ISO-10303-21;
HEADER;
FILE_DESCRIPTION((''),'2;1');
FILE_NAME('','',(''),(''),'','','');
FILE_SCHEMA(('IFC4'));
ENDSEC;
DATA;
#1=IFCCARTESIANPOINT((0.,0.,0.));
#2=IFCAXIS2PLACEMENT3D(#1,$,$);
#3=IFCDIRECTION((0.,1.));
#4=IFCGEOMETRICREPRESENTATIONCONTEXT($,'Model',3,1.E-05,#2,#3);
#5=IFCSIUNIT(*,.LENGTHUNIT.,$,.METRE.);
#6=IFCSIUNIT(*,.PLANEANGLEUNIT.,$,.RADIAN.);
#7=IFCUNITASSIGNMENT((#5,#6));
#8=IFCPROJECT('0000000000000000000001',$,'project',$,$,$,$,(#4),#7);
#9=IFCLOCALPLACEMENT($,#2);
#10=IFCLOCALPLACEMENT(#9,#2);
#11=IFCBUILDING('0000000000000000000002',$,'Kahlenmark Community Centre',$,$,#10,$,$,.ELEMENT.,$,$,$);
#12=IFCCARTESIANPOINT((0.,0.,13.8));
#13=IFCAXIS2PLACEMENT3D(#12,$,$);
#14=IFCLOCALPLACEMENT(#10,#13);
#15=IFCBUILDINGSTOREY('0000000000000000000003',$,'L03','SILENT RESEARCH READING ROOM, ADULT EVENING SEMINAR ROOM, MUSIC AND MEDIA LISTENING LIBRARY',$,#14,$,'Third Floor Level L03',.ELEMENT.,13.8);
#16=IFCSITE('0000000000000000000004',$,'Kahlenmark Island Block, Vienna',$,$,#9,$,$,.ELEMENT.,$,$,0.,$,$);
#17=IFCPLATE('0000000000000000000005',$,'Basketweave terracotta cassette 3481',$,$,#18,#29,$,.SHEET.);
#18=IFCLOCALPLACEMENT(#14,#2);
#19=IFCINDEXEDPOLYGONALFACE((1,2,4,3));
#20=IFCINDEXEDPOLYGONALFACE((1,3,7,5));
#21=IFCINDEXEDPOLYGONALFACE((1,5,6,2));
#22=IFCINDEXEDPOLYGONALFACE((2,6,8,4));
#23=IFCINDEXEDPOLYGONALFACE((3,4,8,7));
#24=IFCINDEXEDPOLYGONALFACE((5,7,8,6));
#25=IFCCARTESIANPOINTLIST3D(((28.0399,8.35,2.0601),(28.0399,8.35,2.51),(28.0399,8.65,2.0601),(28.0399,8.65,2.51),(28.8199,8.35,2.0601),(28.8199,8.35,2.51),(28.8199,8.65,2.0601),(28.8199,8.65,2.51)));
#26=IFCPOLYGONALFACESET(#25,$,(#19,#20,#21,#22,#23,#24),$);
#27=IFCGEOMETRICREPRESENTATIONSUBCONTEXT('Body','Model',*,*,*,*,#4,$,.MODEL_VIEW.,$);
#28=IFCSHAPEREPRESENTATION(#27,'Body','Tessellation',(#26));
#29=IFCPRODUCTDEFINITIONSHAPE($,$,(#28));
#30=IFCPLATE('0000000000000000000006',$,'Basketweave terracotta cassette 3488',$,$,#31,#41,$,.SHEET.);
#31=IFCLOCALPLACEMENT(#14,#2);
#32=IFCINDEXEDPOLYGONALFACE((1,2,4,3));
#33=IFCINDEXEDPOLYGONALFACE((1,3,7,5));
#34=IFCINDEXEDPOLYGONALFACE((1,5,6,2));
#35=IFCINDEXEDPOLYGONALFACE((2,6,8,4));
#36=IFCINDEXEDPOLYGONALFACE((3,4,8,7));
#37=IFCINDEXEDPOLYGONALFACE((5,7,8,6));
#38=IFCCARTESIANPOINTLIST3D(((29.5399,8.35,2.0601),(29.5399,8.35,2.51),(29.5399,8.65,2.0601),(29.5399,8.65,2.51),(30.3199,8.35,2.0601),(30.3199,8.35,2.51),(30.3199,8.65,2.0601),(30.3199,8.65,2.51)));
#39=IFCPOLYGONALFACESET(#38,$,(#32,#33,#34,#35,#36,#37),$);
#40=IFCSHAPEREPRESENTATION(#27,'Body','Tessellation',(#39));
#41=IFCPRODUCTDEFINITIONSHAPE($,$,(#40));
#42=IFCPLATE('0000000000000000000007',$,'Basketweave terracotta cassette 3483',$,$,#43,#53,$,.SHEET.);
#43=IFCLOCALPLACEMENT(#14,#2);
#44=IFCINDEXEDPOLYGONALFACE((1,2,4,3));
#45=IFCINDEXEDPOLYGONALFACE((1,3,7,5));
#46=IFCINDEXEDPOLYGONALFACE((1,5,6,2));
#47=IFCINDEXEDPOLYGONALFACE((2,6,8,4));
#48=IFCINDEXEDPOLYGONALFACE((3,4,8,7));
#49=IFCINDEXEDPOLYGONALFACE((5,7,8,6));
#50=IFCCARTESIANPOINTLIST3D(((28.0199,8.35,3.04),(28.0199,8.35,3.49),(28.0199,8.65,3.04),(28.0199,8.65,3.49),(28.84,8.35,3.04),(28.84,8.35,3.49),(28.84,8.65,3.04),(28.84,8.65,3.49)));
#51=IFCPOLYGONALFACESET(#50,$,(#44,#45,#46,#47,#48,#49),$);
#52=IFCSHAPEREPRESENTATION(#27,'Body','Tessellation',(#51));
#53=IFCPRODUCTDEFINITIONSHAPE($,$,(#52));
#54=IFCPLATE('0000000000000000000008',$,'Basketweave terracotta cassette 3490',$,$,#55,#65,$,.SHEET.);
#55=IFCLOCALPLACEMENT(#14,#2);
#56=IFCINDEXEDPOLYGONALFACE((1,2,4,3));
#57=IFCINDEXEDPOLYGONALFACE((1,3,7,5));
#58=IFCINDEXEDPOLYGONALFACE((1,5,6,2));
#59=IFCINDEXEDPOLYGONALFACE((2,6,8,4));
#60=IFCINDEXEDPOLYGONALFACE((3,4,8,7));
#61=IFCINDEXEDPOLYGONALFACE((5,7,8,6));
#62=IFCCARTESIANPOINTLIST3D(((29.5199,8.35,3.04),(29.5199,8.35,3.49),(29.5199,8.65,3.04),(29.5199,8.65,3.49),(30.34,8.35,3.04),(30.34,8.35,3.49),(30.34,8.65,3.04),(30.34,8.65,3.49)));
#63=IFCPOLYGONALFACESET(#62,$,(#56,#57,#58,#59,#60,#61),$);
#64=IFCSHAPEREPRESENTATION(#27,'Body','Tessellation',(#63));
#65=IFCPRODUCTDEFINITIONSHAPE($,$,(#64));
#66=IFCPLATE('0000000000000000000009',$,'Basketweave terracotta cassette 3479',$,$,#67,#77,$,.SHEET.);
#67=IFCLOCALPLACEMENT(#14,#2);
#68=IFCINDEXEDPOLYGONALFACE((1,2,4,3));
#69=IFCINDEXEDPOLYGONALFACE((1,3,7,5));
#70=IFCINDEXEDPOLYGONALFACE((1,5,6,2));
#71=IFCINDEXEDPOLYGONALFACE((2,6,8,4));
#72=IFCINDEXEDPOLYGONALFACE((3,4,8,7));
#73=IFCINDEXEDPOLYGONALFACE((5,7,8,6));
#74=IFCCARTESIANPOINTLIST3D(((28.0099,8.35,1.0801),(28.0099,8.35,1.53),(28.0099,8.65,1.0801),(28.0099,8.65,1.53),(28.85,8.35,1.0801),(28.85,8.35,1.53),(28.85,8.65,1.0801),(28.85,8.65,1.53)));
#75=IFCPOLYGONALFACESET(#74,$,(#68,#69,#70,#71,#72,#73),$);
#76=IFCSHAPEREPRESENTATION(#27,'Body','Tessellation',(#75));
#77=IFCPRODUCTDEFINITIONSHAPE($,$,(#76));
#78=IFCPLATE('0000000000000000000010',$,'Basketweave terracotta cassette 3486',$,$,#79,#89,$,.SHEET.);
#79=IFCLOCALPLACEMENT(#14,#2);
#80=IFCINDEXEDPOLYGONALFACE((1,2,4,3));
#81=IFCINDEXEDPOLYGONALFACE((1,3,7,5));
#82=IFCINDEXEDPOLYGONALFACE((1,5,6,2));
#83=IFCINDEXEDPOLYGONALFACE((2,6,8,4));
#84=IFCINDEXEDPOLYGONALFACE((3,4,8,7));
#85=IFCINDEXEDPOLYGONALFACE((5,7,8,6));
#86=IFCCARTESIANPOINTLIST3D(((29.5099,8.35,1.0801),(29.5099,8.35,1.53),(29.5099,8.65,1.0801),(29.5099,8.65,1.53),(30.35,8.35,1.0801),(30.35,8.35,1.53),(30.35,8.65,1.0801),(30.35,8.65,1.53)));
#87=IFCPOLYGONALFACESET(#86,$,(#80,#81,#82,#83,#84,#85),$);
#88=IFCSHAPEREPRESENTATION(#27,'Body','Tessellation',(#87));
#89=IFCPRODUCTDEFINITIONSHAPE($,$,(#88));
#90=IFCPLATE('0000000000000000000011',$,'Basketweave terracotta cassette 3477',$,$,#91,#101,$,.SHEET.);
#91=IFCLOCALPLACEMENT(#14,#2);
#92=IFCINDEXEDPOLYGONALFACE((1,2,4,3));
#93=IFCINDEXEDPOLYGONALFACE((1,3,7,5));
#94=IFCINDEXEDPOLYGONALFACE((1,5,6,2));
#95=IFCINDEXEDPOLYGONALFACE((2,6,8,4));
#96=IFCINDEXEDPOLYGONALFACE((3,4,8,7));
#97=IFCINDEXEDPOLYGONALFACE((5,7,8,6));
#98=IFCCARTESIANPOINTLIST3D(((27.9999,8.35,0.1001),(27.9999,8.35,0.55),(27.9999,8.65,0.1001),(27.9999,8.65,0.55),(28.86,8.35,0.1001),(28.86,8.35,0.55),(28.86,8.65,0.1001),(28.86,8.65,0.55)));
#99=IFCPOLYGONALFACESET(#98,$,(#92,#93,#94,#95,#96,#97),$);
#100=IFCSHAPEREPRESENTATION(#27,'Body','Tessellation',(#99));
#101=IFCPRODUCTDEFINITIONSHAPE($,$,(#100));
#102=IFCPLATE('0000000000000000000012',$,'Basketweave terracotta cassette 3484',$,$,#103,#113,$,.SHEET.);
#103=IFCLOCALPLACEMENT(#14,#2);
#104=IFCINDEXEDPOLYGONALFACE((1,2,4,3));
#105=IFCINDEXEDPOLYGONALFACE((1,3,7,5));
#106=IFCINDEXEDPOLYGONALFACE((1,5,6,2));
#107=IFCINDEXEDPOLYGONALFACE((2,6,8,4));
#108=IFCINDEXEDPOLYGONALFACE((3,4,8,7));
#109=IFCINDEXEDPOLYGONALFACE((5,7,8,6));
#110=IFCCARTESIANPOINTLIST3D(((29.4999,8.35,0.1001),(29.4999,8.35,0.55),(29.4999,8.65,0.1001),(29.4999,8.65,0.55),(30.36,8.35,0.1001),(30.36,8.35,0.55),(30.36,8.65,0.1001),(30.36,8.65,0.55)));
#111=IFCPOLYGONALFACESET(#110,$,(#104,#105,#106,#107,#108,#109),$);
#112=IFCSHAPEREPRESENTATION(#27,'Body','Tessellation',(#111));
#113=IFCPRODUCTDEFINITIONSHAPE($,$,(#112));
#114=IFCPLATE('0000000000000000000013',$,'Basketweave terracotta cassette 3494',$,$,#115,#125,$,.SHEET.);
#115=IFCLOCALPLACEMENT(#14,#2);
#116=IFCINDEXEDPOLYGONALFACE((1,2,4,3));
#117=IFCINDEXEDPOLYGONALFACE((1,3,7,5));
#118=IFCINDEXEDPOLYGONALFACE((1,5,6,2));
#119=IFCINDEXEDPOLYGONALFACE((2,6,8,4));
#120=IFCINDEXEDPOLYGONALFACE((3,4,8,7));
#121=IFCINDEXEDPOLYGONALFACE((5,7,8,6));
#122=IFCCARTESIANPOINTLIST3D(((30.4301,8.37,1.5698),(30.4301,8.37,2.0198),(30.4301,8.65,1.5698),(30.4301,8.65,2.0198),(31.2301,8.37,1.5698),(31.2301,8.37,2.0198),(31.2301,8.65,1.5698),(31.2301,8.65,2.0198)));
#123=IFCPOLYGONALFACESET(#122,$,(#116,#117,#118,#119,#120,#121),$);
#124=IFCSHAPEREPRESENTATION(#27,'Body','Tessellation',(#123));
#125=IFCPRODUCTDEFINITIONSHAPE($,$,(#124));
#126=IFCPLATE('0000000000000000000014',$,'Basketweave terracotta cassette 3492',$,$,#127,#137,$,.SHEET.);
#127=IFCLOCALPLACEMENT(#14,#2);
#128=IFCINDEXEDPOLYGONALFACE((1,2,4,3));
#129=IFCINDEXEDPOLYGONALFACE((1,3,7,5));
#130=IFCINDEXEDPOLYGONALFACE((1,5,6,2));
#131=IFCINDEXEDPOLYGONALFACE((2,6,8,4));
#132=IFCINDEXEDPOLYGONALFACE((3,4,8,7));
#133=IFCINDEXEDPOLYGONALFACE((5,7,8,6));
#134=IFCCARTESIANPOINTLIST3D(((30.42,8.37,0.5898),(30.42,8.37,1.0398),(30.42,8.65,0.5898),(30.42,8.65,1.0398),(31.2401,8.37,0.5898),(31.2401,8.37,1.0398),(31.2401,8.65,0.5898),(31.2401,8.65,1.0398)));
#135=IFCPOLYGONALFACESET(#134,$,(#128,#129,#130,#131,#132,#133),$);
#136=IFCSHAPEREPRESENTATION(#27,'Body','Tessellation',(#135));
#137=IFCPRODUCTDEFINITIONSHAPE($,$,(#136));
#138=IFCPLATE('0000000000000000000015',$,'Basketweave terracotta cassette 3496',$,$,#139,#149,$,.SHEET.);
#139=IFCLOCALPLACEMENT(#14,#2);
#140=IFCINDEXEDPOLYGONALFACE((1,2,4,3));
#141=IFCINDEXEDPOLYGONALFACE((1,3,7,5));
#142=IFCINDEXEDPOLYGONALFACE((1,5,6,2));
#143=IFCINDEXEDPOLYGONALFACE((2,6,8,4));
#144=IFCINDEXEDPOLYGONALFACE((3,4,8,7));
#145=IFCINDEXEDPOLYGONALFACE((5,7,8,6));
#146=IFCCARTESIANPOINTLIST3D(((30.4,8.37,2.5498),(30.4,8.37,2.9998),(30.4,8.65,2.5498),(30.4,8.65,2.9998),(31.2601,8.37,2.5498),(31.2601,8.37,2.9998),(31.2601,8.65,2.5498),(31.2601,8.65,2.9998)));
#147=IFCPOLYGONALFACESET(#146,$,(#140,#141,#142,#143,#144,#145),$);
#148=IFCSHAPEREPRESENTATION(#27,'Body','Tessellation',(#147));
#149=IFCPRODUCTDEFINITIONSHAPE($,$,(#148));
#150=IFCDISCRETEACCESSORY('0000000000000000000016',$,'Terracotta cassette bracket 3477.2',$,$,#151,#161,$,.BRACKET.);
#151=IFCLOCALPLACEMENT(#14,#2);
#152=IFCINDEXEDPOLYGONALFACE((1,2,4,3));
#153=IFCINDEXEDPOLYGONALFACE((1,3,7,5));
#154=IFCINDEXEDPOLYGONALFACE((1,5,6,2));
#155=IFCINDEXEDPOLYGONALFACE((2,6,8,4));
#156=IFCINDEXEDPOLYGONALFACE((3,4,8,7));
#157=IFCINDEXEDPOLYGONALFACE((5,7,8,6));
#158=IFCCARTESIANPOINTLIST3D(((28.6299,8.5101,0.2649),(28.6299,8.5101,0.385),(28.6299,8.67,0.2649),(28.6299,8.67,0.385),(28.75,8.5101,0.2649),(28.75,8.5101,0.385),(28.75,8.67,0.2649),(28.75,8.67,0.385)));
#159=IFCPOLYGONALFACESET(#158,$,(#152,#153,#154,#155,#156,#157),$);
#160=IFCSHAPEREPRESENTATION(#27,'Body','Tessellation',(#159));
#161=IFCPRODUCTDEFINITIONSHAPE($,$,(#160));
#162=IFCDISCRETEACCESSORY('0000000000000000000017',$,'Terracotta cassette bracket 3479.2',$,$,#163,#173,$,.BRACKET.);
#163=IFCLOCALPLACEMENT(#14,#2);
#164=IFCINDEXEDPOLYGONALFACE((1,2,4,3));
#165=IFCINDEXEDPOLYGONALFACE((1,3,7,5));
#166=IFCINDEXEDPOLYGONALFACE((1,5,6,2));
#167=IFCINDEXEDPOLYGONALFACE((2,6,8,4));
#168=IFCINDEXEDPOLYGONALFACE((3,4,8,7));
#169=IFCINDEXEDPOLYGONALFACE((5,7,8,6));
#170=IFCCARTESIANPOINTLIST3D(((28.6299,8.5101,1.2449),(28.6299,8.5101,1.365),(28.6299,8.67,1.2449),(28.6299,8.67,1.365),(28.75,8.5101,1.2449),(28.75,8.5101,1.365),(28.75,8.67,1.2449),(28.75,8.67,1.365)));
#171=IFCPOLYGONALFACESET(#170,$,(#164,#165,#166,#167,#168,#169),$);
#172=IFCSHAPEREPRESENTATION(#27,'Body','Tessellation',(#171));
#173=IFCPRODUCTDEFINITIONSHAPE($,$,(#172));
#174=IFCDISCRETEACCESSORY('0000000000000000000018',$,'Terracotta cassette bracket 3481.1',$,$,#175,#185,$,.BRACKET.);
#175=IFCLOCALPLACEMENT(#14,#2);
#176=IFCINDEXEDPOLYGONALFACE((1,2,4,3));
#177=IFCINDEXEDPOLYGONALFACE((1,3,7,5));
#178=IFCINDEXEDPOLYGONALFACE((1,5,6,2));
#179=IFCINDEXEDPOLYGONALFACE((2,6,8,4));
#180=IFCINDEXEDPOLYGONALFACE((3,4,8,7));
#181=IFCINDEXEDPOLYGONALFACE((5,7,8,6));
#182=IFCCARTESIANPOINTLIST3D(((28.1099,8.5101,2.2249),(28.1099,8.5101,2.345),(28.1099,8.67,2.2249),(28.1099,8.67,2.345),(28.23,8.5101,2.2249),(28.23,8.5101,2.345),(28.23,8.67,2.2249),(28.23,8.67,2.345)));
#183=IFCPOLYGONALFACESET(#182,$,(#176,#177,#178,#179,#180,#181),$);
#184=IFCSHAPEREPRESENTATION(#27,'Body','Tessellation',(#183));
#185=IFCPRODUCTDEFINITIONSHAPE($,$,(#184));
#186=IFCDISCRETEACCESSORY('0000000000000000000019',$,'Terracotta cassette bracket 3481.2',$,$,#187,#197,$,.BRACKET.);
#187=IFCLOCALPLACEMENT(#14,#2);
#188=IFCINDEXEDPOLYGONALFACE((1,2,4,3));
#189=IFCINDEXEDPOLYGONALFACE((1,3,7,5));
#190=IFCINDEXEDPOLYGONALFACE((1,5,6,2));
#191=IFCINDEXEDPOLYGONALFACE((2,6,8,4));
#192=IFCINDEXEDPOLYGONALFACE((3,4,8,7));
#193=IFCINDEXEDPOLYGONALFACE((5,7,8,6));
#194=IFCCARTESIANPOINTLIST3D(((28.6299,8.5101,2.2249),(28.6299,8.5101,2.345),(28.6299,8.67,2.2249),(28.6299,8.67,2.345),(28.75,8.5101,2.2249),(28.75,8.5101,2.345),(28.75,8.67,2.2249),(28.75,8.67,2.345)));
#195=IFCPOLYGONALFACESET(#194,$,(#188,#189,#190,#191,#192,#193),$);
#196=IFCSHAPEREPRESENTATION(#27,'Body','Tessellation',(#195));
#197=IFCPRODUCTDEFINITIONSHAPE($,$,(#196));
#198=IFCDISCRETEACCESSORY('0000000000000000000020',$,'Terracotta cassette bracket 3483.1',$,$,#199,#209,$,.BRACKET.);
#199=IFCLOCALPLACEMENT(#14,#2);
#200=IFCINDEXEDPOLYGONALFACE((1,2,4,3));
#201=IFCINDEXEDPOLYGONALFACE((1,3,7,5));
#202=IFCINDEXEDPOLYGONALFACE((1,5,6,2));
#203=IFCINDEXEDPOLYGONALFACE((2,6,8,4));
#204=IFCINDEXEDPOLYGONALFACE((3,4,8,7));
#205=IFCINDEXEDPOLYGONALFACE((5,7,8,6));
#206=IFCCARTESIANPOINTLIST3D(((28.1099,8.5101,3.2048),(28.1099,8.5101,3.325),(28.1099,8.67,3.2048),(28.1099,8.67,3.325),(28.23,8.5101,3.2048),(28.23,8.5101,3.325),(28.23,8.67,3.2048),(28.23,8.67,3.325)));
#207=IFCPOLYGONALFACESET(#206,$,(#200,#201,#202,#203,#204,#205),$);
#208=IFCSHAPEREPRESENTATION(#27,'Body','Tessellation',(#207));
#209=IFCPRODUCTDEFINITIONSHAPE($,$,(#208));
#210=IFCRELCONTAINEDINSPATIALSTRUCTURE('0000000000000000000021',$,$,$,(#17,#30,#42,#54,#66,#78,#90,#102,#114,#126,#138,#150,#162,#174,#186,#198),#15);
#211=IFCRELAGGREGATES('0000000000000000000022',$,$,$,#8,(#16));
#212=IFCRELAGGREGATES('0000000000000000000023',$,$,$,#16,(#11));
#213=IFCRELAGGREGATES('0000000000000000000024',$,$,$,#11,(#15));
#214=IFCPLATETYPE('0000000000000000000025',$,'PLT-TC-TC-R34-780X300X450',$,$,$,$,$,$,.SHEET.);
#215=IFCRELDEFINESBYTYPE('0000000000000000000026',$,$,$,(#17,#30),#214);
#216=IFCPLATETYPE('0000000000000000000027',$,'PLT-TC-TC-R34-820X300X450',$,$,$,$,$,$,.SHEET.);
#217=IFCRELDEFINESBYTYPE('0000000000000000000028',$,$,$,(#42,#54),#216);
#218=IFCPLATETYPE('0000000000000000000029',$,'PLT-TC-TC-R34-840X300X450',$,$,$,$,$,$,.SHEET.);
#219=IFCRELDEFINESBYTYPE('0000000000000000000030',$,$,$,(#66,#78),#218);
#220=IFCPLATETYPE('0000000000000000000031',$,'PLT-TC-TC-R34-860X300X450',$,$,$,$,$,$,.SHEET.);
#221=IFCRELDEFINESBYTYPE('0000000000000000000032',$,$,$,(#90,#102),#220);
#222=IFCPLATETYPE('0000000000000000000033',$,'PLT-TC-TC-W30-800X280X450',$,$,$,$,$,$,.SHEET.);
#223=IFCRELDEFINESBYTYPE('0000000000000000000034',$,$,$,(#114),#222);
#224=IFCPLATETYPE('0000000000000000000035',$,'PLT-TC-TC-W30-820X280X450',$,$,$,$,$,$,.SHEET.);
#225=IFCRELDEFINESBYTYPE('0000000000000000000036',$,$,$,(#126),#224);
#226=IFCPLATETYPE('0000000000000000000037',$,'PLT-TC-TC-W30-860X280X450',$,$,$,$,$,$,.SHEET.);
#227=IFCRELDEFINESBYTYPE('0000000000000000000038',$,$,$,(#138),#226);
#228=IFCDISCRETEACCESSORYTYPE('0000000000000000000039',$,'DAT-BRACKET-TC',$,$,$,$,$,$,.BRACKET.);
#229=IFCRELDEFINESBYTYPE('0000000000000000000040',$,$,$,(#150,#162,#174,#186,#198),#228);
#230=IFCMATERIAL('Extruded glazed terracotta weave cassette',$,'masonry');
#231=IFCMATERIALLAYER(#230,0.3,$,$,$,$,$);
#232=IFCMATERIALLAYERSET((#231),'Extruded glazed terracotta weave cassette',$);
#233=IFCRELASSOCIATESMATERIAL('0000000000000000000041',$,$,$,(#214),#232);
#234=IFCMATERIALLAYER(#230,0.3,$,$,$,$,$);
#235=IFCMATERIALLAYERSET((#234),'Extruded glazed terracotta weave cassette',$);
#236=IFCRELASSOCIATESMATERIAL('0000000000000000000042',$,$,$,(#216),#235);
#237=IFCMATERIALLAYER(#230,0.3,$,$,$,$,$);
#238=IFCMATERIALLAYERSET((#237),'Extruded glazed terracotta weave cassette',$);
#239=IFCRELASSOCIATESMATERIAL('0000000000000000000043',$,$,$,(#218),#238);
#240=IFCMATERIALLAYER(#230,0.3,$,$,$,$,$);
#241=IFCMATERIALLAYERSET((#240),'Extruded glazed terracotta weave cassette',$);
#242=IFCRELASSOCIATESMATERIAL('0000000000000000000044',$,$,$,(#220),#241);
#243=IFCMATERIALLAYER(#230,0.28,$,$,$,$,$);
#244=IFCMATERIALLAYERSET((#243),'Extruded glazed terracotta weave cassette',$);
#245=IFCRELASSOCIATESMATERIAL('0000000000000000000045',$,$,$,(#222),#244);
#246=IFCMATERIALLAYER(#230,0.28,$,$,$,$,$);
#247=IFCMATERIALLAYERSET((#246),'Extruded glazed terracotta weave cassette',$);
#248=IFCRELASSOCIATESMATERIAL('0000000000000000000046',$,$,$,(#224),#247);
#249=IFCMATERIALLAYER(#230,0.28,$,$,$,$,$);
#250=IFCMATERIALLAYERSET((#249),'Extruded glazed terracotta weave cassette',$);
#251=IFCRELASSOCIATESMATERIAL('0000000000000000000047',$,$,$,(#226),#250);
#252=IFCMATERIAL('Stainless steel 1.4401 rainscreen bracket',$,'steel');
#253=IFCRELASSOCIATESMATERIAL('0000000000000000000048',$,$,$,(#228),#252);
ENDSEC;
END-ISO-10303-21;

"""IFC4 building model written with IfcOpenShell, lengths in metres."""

from ifc_helpers import new_model, si_unit, direction, frame, origin, origin_2d, place, context, subcontext, project, spatial, rectangle, extrude, material, layer, layer_set, type_object, element, save


model = new_model("IFC4")

# Units and contexts
model_context = context("Model", 3, precision=1e-05, world=origin(), true_north=direction((0.0, 1.0)))
body_context = subcontext(model_context, "Body", "Model", "MODEL_VIEW")
ifc_project = project(units=[si_unit("LENGTHUNIT", "METRE"), si_unit("PLANEANGLEUNIT", "RADIAN")], contexts=[model_context])

# Site, building, storey
site_placement = place(None, origin())
site = spatial("IfcSite", under=ifc_project, at=site_placement, Name="Kahlenmark Island Block, Vienna", CompositionType="ELEMENT", RefElevation=0.0)
building_placement = place(site_placement, origin())
building = spatial("IfcBuilding", under=site, at=building_placement, Name="Kahlenmark Community Centre", CompositionType="ELEMENT")
storey_placement = place(building_placement, frame((0.0, 0.0, 13.8)))
storey = spatial("IfcBuildingStorey", under=building, at=storey_placement, Name="L03", Description="SILENT RESEARCH READING ROOM, ADULT EVENING SEMINAR ROOM, MUSIC AND MEDIA LISTENING LIBRARY", LongName="Third Floor Level L03", CompositionType="ELEMENT", Elevation=13.8)

# Plates
ifc_material_1 = material(Name="Extruded glazed terracotta weave cassette", Category="masonry")
ifc_layer_1 = layer(ifc_material_1, 0.3)
ifc_layer_set_1 = layer_set([ifc_layer_1], Name="Extruded glazed terracotta weave cassette")
plate_type_1 = type_object("IfcPlateType", Name="PLT-TC-TC-R34-780X300X450", PredefinedType="SHEET", material=ifc_layer_set_1)
for number, where, z_axis, x_axis, name in (
    (1, (28.4299, 8.5, 2.0601), (0.0, 0.0, 1.0), (1.0, 0.0, 0.0), "Basketweave terracotta cassette 3481"),
    (2, (29.9299, 8.5, 2.0601), (0.0, 0.0, 1.0), (1.0, 0.0, 0.0), "Basketweave terracotta cassette 3488"),
):
    element("IfcPlate", number, at=place(storey_placement, frame(where, z_axis=z_axis, x_axis=x_axis)), inside=storey, type_object=plate_type_1, Name=name, PredefinedType="SHEET", context=body_context, shape_type="SweptSolid", body=[
        extrude(rectangle(XDim=0.78, YDim=0.3, at=origin_2d()), origin(), (0.0, 0.0, 1.0), 0.45),
    ])
ifc_layer_2 = layer(ifc_material_1, 0.3)
ifc_layer_set_2 = layer_set([ifc_layer_2], Name="Extruded glazed terracotta weave cassette")
plate_type_2 = type_object("IfcPlateType", Name="PLT-TC-TC-R34-820X300X450", PredefinedType="SHEET", material=ifc_layer_set_2)
for number, where, z_axis, x_axis, name in (
    (3, (28.4299, 8.5, 3.04), (0.0, 0.0, 1.0), (1.0, 0.0, 0.0), "Basketweave terracotta cassette 3483"),
    (4, (29.9299, 8.5, 3.04), (0.0, 0.0, 1.0), (1.0, 0.0, 0.0), "Basketweave terracotta cassette 3490"),
):
    element("IfcPlate", number, at=place(storey_placement, frame(where, z_axis=z_axis, x_axis=x_axis)), inside=storey, type_object=plate_type_2, Name=name, PredefinedType="SHEET", context=body_context, shape_type="SweptSolid", body=[
        extrude(rectangle(XDim=0.8201, YDim=0.3, at=origin_2d()), origin(), (0.0, 0.0, 1.0), 0.45),
    ])
ifc_layer_3 = layer(ifc_material_1, 0.3)
ifc_layer_set_3 = layer_set([ifc_layer_3], Name="Extruded glazed terracotta weave cassette")
plate_type_3 = type_object("IfcPlateType", Name="PLT-TC-TC-R34-840X300X450", PredefinedType="SHEET", material=ifc_layer_set_3)
for number, where, z_axis, x_axis, name in (
    (5, (28.4299, 8.5, 1.0801), (0.0, 0.0, 1.0), (1.0, 0.0, 0.0), "Basketweave terracotta cassette 3479"),
    (6, (29.9299, 8.5, 1.0801), (0.0, 0.0, 1.0), (1.0, 0.0, 0.0), "Basketweave terracotta cassette 3486"),
):
    element("IfcPlate", number, at=place(storey_placement, frame(where, z_axis=z_axis, x_axis=x_axis)), inside=storey, type_object=plate_type_3, Name=name, PredefinedType="SHEET", context=body_context, shape_type="SweptSolid", body=[
        extrude(rectangle(XDim=0.8401, YDim=0.3, at=origin_2d()), origin(), (0.0, 0.0, 1.0), 0.45),
    ])
ifc_layer_4 = layer(ifc_material_1, 0.3)
ifc_layer_set_4 = layer_set([ifc_layer_4], Name="Extruded glazed terracotta weave cassette")
plate_type_4 = type_object("IfcPlateType", Name="PLT-TC-TC-R34-860X300X450", PredefinedType="SHEET", material=ifc_layer_set_4)
for number, where, z_axis, x_axis, name in (
    (7, (28.4299, 8.5, 0.1001), (0.0, 0.0, 1.0), (1.0, 0.0, 0.0), "Basketweave terracotta cassette 3477"),
    (8, (29.9299, 8.5, 0.1001), (0.0, 0.0, 1.0), (1.0, 0.0, 0.0), "Basketweave terracotta cassette 3484"),
):
    element("IfcPlate", number, at=place(storey_placement, frame(where, z_axis=z_axis, x_axis=x_axis)), inside=storey, type_object=plate_type_4, Name=name, PredefinedType="SHEET", context=body_context, shape_type="SweptSolid", body=[
        extrude(rectangle(XDim=0.8601, YDim=0.3, at=origin_2d()), origin(), (0.0, 0.0, 1.0), 0.45),
    ])
ifc_layer_5 = layer(ifc_material_1, 0.28)
ifc_layer_set_5 = layer_set([ifc_layer_5], Name="Extruded glazed terracotta weave cassette")
plate_type_5 = type_object("IfcPlateType", Name="PLT-TC-TC-W30-800X280X450", PredefinedType="SHEET", material=ifc_layer_set_5)
plate_1_placement = place(storey_placement, frame((30.8301, 8.51, 1.5698), z_axis=(0.0, 0.0, 1.0), x_axis=(1.0, 0.0, 0.0)))
element("IfcPlate", 9, at=plate_1_placement, inside=storey, type_object=plate_type_5, Name="Basketweave terracotta cassette 3494", PredefinedType="SHEET", context=body_context, shape_type="SweptSolid", body=[
    extrude(rectangle(XDim=0.8, YDim=0.28, at=origin_2d()), origin(), (0.0, 0.0, 1.0), 0.45),
])
ifc_layer_6 = layer(ifc_material_1, 0.28)
ifc_layer_set_6 = layer_set([ifc_layer_6], Name="Extruded glazed terracotta weave cassette")
plate_type_6 = type_object("IfcPlateType", Name="PLT-TC-TC-W30-820X280X450", PredefinedType="SHEET", material=ifc_layer_set_6)
plate_2_placement = place(storey_placement, frame((30.8301, 8.51, 0.5898), z_axis=(0.0, 0.0, 1.0), x_axis=(1.0, 0.0, 0.0)))
element("IfcPlate", 10, at=plate_2_placement, inside=storey, type_object=plate_type_6, Name="Basketweave terracotta cassette 3492", PredefinedType="SHEET", context=body_context, shape_type="SweptSolid", body=[
    extrude(rectangle(XDim=0.8201, YDim=0.28, at=origin_2d()), origin(), (0.0, 0.0, 1.0), 0.45),
])
ifc_layer_7 = layer(ifc_material_1, 0.28)
ifc_layer_set_7 = layer_set([ifc_layer_7], Name="Extruded glazed terracotta weave cassette")
plate_type_7 = type_object("IfcPlateType", Name="PLT-TC-TC-W30-860X280X450", PredefinedType="SHEET", material=ifc_layer_set_7)
plate_3_placement = place(storey_placement, frame((30.8301, 8.51, 2.5498), z_axis=(0.0, 0.0, 1.0), x_axis=(1.0, 0.0, 0.0)))
element("IfcPlate", 11, at=plate_3_placement, inside=storey, type_object=plate_type_7, Name="Basketweave terracotta cassette 3496", PredefinedType="SHEET", context=body_context, shape_type="SweptSolid", body=[
    extrude(rectangle(XDim=0.8601, YDim=0.28, at=origin_2d()), origin(), (0.0, 0.0, 1.0), 0.45),
])

# Discrete accessories
ifc_material_2 = material(Name="Stainless steel 1.4401 rainscreen bracket", Category="steel")
discrete_accessory_type = type_object("IfcDiscreteAccessoryType", Name="DAT-BRACKET-TC", PredefinedType="BRACKET", material=ifc_material_2)
for number, where, z_axis, x_axis, name in (
    (12, (28.6899, 8.5901, 0.2649), (0.0, 0.0, 1.0), (1.0, 0.0, 0.0), "Terracotta cassette bracket 3477.2"),
    (13, (28.6899, 8.5901, 1.2449), (0.0, 0.0, 1.0), (1.0, 0.0, 0.0), "Terracotta cassette bracket 3479.2"),
    (14, (28.1699, 8.5901, 2.2249), (0.0, 0.0, 1.0), (1.0, 0.0, 0.0), "Terracotta cassette bracket 3481.1"),
    (15, (28.6899, 8.5901, 2.2249), (0.0, 0.0, 1.0), (1.0, 0.0, 0.0), "Terracotta cassette bracket 3481.2"),
    (16, (28.1699, 8.5901, 3.2048), (0.0, 0.0, 1.0), (1.0, 0.0, 0.0), "Terracotta cassette bracket 3483.1"),
):
    element("IfcDiscreteAccessory", number, at=place(storey_placement, frame(where, z_axis=z_axis, x_axis=x_axis)), inside=storey, type_object=discrete_accessory_type, Name=name, PredefinedType="BRACKET", context=body_context, shape_type="SweptSolid", body=[
        extrude(rectangle(XDim=0.1201, YDim=0.1599, at=origin_2d()), origin(), (0.0, 0.0, 1.0), 0.1201),
    ])

save(model, "model.ifc")
